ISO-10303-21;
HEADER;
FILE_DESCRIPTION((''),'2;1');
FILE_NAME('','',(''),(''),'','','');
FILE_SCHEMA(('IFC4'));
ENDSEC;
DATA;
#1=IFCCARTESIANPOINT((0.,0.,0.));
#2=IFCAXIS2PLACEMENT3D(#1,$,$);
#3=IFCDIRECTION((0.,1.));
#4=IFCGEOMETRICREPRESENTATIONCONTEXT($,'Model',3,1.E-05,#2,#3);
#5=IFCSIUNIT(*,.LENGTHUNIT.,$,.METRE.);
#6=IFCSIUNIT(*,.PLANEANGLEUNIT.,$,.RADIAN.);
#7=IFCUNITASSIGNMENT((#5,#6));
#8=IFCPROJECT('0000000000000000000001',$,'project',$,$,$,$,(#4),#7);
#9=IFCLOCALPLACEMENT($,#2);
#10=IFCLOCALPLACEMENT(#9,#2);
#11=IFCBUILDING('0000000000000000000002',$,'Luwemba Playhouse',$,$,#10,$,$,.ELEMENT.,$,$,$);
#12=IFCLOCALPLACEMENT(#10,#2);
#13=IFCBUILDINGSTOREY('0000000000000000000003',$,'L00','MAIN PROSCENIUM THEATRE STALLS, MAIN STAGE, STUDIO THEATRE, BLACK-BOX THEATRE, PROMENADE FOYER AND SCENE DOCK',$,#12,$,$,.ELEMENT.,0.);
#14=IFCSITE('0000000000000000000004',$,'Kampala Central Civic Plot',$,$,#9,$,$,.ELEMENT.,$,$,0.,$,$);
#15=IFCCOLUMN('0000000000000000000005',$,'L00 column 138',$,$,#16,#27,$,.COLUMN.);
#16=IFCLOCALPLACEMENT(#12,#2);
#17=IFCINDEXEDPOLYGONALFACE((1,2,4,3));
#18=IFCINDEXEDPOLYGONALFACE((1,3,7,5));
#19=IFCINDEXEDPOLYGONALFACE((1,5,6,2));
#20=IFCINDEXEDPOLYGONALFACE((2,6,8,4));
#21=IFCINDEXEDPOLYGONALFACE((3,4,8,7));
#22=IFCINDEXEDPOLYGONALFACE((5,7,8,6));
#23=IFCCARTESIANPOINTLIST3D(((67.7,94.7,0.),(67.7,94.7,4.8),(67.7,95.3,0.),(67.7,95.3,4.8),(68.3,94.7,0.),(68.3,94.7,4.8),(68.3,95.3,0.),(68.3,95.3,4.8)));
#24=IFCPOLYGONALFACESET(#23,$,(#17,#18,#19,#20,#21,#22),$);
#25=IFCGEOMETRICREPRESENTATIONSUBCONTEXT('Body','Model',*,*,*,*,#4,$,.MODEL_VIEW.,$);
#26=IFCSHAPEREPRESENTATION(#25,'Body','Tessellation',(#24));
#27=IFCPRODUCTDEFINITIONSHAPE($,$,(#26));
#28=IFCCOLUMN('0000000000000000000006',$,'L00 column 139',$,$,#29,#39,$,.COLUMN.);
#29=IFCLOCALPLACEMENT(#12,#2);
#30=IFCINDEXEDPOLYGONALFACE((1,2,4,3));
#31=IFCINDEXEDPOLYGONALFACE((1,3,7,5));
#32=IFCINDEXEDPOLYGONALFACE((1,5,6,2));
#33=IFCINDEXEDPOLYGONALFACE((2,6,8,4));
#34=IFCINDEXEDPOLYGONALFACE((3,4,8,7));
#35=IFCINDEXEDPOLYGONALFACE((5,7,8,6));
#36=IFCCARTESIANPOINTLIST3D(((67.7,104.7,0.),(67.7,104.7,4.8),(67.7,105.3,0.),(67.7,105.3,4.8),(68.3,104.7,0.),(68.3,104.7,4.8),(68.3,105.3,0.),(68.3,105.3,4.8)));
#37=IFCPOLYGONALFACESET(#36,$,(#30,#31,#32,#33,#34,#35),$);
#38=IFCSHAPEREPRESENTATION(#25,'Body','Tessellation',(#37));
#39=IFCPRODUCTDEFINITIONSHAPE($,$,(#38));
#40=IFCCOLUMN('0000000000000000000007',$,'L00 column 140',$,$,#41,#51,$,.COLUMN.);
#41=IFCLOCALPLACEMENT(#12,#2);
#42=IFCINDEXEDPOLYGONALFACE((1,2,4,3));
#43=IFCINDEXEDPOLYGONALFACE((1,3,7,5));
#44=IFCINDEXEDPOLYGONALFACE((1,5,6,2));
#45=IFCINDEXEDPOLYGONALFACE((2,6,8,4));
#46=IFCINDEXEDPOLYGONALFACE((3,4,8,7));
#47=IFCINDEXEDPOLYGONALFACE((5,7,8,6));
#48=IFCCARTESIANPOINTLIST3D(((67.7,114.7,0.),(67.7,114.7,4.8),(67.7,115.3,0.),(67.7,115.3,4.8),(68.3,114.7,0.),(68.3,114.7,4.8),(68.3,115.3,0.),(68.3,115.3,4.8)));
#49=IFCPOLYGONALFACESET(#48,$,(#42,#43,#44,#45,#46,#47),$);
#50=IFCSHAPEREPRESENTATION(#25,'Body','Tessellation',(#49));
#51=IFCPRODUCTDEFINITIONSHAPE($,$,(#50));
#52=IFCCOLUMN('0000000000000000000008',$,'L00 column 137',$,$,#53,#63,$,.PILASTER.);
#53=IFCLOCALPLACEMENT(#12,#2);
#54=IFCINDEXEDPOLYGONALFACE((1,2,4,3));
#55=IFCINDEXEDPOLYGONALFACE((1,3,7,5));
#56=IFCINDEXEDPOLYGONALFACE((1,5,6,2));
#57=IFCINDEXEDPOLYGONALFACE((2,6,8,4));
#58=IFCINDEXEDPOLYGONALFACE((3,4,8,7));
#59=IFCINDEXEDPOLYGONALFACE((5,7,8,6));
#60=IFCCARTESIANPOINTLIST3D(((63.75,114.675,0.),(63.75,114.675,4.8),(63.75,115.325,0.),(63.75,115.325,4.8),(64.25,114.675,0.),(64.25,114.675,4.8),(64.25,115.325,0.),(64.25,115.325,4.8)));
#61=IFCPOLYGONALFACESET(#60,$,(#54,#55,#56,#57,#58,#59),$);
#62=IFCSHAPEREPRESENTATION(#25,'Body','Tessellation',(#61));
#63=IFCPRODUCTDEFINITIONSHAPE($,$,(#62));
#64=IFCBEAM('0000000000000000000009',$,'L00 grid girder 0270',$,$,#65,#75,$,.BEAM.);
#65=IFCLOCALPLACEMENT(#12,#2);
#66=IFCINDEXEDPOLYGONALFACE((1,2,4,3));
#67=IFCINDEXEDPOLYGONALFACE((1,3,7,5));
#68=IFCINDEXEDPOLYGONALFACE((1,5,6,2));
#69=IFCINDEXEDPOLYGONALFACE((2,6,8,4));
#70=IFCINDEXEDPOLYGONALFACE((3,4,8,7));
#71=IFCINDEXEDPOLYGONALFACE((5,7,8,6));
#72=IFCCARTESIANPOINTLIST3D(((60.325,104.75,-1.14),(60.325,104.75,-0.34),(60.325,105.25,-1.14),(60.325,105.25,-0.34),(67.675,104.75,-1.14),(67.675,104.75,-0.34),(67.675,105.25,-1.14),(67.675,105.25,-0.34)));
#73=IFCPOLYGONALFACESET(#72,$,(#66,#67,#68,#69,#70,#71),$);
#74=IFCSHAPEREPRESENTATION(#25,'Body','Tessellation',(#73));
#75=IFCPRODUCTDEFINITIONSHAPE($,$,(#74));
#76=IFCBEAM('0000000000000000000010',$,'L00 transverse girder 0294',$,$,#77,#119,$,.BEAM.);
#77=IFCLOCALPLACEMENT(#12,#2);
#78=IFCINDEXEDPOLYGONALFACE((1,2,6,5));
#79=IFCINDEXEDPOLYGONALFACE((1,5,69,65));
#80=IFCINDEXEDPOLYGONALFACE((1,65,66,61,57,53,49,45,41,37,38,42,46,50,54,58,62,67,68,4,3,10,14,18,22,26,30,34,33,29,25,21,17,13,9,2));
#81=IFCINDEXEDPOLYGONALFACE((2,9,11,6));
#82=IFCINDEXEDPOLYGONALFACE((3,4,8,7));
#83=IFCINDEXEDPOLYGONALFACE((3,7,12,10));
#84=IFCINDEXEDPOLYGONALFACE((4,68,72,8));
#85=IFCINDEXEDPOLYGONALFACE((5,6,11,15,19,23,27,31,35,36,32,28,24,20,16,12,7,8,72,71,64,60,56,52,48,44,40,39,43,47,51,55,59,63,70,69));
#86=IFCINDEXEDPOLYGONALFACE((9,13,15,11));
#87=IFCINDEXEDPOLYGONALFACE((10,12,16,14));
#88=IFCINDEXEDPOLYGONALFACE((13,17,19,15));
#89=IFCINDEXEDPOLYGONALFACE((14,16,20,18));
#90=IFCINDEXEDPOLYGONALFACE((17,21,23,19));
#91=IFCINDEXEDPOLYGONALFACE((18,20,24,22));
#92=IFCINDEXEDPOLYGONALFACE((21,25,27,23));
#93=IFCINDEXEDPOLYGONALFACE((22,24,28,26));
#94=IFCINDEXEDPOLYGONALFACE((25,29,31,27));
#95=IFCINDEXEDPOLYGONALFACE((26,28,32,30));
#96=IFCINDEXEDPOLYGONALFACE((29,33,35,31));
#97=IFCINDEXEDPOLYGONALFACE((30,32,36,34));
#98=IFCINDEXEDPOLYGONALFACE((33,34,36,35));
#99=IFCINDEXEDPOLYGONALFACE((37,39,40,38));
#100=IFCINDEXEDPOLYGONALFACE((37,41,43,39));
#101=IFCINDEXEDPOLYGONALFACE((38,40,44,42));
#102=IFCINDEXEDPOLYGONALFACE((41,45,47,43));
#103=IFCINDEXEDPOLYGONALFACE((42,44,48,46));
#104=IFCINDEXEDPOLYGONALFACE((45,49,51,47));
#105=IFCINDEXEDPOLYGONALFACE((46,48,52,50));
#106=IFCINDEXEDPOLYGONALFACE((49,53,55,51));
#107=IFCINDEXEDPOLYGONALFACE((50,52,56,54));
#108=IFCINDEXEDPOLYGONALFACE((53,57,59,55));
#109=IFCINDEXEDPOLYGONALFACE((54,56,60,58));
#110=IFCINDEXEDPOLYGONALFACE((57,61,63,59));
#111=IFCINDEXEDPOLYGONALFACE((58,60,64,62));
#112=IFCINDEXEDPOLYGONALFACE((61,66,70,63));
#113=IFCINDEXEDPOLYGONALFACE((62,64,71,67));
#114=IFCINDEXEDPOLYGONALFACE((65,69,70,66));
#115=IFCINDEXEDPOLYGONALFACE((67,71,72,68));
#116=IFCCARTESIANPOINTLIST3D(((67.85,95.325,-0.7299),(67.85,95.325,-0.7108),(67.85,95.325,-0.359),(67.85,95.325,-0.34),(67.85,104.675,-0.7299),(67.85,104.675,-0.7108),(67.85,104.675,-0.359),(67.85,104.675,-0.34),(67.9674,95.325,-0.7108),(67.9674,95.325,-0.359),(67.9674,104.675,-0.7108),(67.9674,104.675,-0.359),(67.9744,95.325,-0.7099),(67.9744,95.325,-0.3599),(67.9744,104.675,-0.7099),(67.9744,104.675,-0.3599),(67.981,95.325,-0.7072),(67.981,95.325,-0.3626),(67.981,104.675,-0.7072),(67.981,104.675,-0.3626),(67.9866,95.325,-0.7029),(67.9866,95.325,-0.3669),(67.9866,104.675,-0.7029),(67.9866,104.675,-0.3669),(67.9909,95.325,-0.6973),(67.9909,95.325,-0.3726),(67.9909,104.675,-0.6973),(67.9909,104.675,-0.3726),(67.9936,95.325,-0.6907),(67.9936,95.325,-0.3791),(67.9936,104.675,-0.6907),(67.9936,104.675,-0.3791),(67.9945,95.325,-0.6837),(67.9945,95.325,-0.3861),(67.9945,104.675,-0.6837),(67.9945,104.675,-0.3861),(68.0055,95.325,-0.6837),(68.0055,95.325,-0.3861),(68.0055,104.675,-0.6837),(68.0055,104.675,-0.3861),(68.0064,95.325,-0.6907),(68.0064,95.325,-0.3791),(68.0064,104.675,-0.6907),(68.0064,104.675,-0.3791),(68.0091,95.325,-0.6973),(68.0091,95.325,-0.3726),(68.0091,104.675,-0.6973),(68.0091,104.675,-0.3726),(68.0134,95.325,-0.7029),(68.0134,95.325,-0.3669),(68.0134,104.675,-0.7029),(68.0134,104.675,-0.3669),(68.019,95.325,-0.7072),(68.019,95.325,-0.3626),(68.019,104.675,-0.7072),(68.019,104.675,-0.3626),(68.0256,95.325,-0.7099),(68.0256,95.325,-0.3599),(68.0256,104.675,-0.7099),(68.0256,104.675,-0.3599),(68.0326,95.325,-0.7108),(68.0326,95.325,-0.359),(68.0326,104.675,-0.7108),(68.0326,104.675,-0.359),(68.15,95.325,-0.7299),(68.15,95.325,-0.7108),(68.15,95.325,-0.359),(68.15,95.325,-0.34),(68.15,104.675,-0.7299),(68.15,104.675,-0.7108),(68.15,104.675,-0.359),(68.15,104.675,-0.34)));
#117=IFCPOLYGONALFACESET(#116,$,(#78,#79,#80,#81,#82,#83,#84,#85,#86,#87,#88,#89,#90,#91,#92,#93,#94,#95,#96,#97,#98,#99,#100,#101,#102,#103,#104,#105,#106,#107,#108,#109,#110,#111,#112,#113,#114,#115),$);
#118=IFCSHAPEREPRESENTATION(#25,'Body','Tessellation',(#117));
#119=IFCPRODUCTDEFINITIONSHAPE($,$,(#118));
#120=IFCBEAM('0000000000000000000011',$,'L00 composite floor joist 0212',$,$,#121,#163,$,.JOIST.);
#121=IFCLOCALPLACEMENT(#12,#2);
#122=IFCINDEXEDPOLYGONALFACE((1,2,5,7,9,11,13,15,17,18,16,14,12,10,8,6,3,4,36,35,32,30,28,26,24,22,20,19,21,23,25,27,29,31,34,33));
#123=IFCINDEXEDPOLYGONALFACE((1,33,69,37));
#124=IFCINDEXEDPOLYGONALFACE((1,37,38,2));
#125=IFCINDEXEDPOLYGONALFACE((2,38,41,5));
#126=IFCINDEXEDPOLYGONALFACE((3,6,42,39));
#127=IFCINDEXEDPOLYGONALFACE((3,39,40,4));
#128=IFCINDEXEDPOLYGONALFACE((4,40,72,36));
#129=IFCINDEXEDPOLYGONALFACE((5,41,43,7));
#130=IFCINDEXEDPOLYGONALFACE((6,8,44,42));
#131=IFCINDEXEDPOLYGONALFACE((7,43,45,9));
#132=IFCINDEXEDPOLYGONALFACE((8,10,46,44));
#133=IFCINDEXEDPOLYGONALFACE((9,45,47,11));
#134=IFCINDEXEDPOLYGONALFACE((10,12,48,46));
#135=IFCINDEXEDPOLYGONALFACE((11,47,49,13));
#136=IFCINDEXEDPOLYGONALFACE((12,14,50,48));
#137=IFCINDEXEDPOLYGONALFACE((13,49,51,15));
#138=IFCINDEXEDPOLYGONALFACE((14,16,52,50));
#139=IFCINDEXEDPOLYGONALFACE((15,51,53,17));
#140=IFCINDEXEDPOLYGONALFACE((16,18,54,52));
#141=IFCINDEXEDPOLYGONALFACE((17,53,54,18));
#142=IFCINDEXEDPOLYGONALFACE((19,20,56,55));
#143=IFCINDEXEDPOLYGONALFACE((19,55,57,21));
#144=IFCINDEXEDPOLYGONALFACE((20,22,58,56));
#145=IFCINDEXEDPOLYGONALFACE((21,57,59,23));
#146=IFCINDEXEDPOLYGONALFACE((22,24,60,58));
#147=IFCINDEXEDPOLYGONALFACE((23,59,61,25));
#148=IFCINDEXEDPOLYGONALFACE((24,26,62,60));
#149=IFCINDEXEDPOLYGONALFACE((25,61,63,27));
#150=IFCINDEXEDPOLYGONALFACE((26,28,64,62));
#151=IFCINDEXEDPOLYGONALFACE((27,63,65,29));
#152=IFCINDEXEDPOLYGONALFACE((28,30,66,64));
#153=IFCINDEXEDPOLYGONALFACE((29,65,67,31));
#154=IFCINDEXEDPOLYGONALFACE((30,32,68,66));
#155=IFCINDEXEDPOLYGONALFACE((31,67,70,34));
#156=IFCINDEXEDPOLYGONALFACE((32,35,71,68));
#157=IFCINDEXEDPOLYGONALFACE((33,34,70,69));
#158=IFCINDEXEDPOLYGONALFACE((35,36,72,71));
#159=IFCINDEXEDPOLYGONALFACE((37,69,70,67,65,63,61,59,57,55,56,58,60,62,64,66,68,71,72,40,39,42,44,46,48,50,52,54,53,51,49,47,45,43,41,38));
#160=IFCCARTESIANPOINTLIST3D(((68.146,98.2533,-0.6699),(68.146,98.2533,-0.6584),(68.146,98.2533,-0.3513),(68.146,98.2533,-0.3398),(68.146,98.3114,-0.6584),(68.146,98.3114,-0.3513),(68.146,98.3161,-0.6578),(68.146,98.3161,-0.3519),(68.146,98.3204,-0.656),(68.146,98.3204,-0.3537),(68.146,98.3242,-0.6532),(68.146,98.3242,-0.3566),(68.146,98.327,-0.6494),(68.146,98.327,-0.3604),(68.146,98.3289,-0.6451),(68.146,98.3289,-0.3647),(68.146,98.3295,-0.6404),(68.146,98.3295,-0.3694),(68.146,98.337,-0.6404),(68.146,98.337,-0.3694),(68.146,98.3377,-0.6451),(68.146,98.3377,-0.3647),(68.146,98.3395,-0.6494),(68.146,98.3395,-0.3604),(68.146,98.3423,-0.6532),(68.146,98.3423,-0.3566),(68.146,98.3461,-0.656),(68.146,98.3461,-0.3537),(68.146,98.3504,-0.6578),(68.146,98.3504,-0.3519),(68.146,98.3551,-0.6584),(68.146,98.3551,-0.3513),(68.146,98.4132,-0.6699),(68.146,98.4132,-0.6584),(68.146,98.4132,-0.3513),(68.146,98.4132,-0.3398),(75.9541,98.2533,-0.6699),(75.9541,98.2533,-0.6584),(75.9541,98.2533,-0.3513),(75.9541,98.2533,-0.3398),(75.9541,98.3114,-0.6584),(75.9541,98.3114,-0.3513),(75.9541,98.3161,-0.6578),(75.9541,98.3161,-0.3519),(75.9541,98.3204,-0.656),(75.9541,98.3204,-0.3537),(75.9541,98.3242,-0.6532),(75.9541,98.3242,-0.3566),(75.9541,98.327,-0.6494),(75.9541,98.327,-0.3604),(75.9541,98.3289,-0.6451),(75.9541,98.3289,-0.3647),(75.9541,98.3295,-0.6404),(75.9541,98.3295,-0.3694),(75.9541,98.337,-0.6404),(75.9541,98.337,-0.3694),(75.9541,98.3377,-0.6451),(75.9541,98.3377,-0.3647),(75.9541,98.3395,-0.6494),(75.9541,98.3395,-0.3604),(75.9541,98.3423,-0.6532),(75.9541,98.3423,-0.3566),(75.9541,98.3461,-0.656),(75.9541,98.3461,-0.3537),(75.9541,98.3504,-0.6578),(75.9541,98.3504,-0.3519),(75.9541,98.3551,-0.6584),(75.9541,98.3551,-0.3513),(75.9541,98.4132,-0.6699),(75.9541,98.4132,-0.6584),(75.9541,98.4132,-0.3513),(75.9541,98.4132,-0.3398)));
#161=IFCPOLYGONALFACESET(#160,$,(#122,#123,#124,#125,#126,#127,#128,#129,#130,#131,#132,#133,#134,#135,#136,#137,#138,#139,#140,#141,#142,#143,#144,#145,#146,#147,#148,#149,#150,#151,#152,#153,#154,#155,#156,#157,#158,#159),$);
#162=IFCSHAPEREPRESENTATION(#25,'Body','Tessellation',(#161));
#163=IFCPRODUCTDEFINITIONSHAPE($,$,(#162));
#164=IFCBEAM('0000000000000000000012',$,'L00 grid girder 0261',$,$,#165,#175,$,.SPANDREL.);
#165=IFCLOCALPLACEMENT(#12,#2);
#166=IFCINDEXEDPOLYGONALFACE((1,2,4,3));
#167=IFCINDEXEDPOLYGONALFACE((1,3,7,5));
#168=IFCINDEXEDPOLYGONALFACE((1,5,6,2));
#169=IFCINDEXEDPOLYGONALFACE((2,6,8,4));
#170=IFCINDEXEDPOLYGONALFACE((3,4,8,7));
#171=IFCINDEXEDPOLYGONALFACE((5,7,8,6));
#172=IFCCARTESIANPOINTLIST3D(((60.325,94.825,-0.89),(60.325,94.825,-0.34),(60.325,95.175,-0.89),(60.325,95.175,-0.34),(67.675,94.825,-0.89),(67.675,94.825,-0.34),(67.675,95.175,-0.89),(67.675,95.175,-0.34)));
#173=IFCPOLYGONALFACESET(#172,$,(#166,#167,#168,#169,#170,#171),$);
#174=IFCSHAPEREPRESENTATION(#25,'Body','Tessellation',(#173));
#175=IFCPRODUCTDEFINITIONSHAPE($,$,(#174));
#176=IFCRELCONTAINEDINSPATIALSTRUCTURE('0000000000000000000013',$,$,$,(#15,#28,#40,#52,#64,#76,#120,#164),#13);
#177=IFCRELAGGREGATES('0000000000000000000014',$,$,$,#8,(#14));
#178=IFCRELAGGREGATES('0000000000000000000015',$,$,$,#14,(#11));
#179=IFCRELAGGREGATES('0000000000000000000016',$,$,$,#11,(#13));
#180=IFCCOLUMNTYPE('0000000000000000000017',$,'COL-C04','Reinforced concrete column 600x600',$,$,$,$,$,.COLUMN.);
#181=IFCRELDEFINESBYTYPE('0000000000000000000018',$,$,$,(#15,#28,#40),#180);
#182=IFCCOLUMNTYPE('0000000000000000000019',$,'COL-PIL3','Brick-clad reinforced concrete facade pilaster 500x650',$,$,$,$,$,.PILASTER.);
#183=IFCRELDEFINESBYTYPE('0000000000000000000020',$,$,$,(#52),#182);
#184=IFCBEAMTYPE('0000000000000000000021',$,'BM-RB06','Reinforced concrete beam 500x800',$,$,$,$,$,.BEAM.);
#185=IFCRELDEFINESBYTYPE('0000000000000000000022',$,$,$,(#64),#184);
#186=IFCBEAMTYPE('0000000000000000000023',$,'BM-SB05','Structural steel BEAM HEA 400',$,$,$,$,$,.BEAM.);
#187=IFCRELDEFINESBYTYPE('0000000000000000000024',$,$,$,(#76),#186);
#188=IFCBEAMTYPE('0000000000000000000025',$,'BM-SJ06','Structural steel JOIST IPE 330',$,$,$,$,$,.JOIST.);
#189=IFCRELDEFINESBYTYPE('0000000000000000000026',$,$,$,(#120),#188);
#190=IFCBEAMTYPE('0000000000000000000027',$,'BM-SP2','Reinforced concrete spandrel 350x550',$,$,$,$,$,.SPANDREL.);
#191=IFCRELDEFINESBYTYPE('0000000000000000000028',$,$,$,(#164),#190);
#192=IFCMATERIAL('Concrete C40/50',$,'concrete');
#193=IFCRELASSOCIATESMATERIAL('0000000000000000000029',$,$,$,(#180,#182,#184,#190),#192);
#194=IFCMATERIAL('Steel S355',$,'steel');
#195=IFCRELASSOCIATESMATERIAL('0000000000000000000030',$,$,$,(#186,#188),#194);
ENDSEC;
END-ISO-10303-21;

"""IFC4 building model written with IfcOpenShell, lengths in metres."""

from ifc_helpers import new_model, si_unit, direction, frame, origin, origin_2d, place, context, subcontext, project, spatial, rectangle, i_section, extrude, material, material_profile, profile_set, type_object, element, save


model = new_model("IFC4")

# Units and contexts
model_context = context("Model", 3, precision=1e-05, world=origin(), true_north=direction((0.0, 1.0)))
body_context = subcontext(model_context, "Body", "Model", "MODEL_VIEW")
ifc_project = project(units=[si_unit("LENGTHUNIT", "METRE"), si_unit("PLANEANGLEUNIT", "RADIAN")], contexts=[model_context])

# Site, building, storey
site_placement = place(None, origin())
site = spatial("IfcSite", under=ifc_project, at=site_placement, Name="Kampala Central Civic Plot", CompositionType="ELEMENT", RefElevation=0.0)
building_placement = place(site_placement, origin())
building = spatial("IfcBuilding", under=site, at=building_placement, Name="Luwemba Playhouse", CompositionType="ELEMENT")
storey_placement = place(building_placement, origin())
storey = spatial("IfcBuildingStorey", under=building, at=storey_placement, Name="L00", Description="MAIN PROSCENIUM THEATRE STALLS, MAIN STAGE, STUDIO THEATRE, BLACK-BOX THEATRE, PROMENADE FOYER AND SCENE DOCK", CompositionType="ELEMENT", Elevation=0.0)

# Columns
ifc_material_1 = material(Name="Concrete C40/50", Category="concrete")
ifc_material_profile_1 = material_profile(ifc_material_1, rectangle(XDim=0.6001, YDim=0.6001, at=origin_2d()))
ifc_profile_set_1 = profile_set([ifc_material_profile_1], Name="Concrete C40/50")
column_type_1 = type_object("IfcColumnType", Name="COL-C04", Description="Reinforced concrete column 600x600", PredefinedType="COLUMN", material=ifc_profile_set_1)
for number, where, z_axis, x_axis, name in (
    (1, (68.0, 95.0, 0.0), (0.0, 0.0, 1.0), (1.0, 0.0, 0.0), "L00 column 138"),
    (2, (68.0, 105.0, 0.0), (0.0, 0.0, 1.0), (1.0, 0.0, 0.0), "L00 column 139"),
    (3, (68.0, 115.0, 0.0), (0.0, 0.0, 1.0), (1.0, 0.0, 0.0), "L00 column 140"),
):
    element("IfcColumn", number, at=place(storey_placement, frame(where, z_axis=z_axis, x_axis=x_axis)), inside=storey, type_object=column_type_1, Name=name, PredefinedType="COLUMN", context=body_context, shape_type="SweptSolid", body=[
        extrude(rectangle(XDim=0.6001, YDim=0.6001, at=origin_2d()), origin(), (0.0, 0.0, 1.0), 4.8),
    ])
ifc_material_profile_2 = material_profile(ifc_material_1, rectangle(XDim=0.5, YDim=0.6499, at=origin_2d()))
ifc_profile_set_2 = profile_set([ifc_material_profile_2], Name="Concrete C40/50")
column_type_2 = type_object("IfcColumnType", Name="COL-PIL3", Description="Brick-clad reinforced concrete facade pilaster 500x650", PredefinedType="PILASTER", material=ifc_profile_set_2)
column_placement = place(storey_placement, frame((64.0, 115.0, 0.0), z_axis=(0.0, 0.0, 1.0), x_axis=(1.0, 0.0, 0.0)))
element("IfcColumn", 4, at=column_placement, inside=storey, type_object=column_type_2, Name="L00 column 137", PredefinedType="PILASTER", context=body_context, shape_type="SweptSolid", body=[
    extrude(rectangle(XDim=0.5, YDim=0.6499, at=origin_2d()), origin(), (0.0, 0.0, 1.0), 4.8),
])

# Beams
ifc_material_profile_3 = material_profile(ifc_material_1, rectangle(XDim=0.5, YDim=0.8, at=origin_2d()))
ifc_profile_set_3 = profile_set([ifc_material_profile_3], Name="Concrete C40/50")
beam_type_1 = type_object("IfcBeamType", Name="BM-RB06", Description="Reinforced concrete beam 500x800", PredefinedType="BEAM", material=ifc_profile_set_3)
beam_1_placement = place(storey_placement, frame((60.325, 105.0, -0.74), z_axis=(1.0, 0.0, 0.0), x_axis=(0.0, 1.0, 0.0)))
element("IfcBeam", 5, at=beam_1_placement, inside=storey, type_object=beam_type_1, Name="L00 grid girder 0270", PredefinedType="BEAM", context=body_context, shape_type="SweptSolid", body=[
    extrude(rectangle(XDim=0.5, YDim=0.8, at=origin_2d()), origin(), (0.0, 0.0, 1.0), 7.3501),
])
ifc_material_2 = material(Name="Steel S355", Category="steel")
ifc_material_profile_4 = material_profile(ifc_material_2, i_section(OverallWidth=0.3, OverallDepth=0.3899, WebThickness=0.011, FlangeThickness=0.019, FilletRadius=0.0271, at=origin_2d()))
ifc_profile_set_4 = profile_set([ifc_material_profile_4], Name="Steel S355")
beam_type_2 = type_object("IfcBeamType", Name="BM-SB05", Description="Structural steel BEAM HEA 400", PredefinedType="BEAM", material=ifc_profile_set_4)
beam_2_placement = place(storey_placement, frame((68.0, 95.325, -0.5349), z_axis=(0.0, 1.0, 0.0), x_axis=(-1.0, 0.0, 0.0)))
element("IfcBeam", 6, at=beam_2_placement, inside=storey, type_object=beam_type_2, Name="L00 transverse girder 0294", PredefinedType="BEAM", context=body_context, shape_type="SweptSolid", body=[
    extrude(i_section(OverallWidth=0.3, OverallDepth=0.3899, WebThickness=0.011, FlangeThickness=0.019, FilletRadius=0.0271, at=origin_2d()), origin(), (0.0, 0.0, 1.0), 9.3501),
])
ifc_material_profile_5 = material_profile(ifc_material_2, i_section(OverallWidth=0.1599, OverallDepth=0.3301, WebThickness=0.0076, FlangeThickness=0.0115, FilletRadius=0.0181, at=origin_2d()))
ifc_profile_set_5 = profile_set([ifc_material_profile_5], Name="Steel S355")
beam_type_3 = type_object("IfcBeamType", Name="BM-SJ06", Description="Structural steel JOIST IPE 330", PredefinedType="JOIST", material=ifc_profile_set_5)
beam_3_placement = place(storey_placement, frame((68.146, 98.3333, -0.5049), z_axis=(1.0, 0.0, 0.0), x_axis=(0.0, 1.0, 0.0)))
element("IfcBeam", 7, at=beam_3_placement, inside=storey, type_object=beam_type_3, Name="L00 composite floor joist 0212", PredefinedType="JOIST", context=body_context, shape_type="SweptSolid", body=[
    extrude(i_section(OverallWidth=0.1599, OverallDepth=0.3301, WebThickness=0.0076, FlangeThickness=0.0115, FilletRadius=0.0181, at=origin_2d()), origin(), (0.0, 0.0, 1.0), 7.8081),
])
ifc_material_profile_6 = material_profile(ifc_material_1, rectangle(XDim=0.3501, YDim=0.55, at=origin_2d()))
ifc_profile_set_6 = profile_set([ifc_material_profile_6], Name="Concrete C40/50")
beam_type_4 = type_object("IfcBeamType", Name="BM-SP2", Description="Reinforced concrete spandrel 350x550", PredefinedType="SPANDREL", material=ifc_profile_set_6)
beam_4_placement = place(storey_placement, frame((60.325, 95.0, -0.615), z_axis=(1.0, 0.0, 0.0), x_axis=(0.0, 1.0, 0.0)))
element("IfcBeam", 8, at=beam_4_placement, inside=storey, type_object=beam_type_4, Name="L00 grid girder 0261", PredefinedType="SPANDREL", context=body_context, shape_type="SweptSolid", body=[
    extrude(rectangle(XDim=0.3501, YDim=0.55, at=origin_2d()), origin(), (0.0, 0.0, 1.0), 7.3501),
])

save(model, "model.ifc")
